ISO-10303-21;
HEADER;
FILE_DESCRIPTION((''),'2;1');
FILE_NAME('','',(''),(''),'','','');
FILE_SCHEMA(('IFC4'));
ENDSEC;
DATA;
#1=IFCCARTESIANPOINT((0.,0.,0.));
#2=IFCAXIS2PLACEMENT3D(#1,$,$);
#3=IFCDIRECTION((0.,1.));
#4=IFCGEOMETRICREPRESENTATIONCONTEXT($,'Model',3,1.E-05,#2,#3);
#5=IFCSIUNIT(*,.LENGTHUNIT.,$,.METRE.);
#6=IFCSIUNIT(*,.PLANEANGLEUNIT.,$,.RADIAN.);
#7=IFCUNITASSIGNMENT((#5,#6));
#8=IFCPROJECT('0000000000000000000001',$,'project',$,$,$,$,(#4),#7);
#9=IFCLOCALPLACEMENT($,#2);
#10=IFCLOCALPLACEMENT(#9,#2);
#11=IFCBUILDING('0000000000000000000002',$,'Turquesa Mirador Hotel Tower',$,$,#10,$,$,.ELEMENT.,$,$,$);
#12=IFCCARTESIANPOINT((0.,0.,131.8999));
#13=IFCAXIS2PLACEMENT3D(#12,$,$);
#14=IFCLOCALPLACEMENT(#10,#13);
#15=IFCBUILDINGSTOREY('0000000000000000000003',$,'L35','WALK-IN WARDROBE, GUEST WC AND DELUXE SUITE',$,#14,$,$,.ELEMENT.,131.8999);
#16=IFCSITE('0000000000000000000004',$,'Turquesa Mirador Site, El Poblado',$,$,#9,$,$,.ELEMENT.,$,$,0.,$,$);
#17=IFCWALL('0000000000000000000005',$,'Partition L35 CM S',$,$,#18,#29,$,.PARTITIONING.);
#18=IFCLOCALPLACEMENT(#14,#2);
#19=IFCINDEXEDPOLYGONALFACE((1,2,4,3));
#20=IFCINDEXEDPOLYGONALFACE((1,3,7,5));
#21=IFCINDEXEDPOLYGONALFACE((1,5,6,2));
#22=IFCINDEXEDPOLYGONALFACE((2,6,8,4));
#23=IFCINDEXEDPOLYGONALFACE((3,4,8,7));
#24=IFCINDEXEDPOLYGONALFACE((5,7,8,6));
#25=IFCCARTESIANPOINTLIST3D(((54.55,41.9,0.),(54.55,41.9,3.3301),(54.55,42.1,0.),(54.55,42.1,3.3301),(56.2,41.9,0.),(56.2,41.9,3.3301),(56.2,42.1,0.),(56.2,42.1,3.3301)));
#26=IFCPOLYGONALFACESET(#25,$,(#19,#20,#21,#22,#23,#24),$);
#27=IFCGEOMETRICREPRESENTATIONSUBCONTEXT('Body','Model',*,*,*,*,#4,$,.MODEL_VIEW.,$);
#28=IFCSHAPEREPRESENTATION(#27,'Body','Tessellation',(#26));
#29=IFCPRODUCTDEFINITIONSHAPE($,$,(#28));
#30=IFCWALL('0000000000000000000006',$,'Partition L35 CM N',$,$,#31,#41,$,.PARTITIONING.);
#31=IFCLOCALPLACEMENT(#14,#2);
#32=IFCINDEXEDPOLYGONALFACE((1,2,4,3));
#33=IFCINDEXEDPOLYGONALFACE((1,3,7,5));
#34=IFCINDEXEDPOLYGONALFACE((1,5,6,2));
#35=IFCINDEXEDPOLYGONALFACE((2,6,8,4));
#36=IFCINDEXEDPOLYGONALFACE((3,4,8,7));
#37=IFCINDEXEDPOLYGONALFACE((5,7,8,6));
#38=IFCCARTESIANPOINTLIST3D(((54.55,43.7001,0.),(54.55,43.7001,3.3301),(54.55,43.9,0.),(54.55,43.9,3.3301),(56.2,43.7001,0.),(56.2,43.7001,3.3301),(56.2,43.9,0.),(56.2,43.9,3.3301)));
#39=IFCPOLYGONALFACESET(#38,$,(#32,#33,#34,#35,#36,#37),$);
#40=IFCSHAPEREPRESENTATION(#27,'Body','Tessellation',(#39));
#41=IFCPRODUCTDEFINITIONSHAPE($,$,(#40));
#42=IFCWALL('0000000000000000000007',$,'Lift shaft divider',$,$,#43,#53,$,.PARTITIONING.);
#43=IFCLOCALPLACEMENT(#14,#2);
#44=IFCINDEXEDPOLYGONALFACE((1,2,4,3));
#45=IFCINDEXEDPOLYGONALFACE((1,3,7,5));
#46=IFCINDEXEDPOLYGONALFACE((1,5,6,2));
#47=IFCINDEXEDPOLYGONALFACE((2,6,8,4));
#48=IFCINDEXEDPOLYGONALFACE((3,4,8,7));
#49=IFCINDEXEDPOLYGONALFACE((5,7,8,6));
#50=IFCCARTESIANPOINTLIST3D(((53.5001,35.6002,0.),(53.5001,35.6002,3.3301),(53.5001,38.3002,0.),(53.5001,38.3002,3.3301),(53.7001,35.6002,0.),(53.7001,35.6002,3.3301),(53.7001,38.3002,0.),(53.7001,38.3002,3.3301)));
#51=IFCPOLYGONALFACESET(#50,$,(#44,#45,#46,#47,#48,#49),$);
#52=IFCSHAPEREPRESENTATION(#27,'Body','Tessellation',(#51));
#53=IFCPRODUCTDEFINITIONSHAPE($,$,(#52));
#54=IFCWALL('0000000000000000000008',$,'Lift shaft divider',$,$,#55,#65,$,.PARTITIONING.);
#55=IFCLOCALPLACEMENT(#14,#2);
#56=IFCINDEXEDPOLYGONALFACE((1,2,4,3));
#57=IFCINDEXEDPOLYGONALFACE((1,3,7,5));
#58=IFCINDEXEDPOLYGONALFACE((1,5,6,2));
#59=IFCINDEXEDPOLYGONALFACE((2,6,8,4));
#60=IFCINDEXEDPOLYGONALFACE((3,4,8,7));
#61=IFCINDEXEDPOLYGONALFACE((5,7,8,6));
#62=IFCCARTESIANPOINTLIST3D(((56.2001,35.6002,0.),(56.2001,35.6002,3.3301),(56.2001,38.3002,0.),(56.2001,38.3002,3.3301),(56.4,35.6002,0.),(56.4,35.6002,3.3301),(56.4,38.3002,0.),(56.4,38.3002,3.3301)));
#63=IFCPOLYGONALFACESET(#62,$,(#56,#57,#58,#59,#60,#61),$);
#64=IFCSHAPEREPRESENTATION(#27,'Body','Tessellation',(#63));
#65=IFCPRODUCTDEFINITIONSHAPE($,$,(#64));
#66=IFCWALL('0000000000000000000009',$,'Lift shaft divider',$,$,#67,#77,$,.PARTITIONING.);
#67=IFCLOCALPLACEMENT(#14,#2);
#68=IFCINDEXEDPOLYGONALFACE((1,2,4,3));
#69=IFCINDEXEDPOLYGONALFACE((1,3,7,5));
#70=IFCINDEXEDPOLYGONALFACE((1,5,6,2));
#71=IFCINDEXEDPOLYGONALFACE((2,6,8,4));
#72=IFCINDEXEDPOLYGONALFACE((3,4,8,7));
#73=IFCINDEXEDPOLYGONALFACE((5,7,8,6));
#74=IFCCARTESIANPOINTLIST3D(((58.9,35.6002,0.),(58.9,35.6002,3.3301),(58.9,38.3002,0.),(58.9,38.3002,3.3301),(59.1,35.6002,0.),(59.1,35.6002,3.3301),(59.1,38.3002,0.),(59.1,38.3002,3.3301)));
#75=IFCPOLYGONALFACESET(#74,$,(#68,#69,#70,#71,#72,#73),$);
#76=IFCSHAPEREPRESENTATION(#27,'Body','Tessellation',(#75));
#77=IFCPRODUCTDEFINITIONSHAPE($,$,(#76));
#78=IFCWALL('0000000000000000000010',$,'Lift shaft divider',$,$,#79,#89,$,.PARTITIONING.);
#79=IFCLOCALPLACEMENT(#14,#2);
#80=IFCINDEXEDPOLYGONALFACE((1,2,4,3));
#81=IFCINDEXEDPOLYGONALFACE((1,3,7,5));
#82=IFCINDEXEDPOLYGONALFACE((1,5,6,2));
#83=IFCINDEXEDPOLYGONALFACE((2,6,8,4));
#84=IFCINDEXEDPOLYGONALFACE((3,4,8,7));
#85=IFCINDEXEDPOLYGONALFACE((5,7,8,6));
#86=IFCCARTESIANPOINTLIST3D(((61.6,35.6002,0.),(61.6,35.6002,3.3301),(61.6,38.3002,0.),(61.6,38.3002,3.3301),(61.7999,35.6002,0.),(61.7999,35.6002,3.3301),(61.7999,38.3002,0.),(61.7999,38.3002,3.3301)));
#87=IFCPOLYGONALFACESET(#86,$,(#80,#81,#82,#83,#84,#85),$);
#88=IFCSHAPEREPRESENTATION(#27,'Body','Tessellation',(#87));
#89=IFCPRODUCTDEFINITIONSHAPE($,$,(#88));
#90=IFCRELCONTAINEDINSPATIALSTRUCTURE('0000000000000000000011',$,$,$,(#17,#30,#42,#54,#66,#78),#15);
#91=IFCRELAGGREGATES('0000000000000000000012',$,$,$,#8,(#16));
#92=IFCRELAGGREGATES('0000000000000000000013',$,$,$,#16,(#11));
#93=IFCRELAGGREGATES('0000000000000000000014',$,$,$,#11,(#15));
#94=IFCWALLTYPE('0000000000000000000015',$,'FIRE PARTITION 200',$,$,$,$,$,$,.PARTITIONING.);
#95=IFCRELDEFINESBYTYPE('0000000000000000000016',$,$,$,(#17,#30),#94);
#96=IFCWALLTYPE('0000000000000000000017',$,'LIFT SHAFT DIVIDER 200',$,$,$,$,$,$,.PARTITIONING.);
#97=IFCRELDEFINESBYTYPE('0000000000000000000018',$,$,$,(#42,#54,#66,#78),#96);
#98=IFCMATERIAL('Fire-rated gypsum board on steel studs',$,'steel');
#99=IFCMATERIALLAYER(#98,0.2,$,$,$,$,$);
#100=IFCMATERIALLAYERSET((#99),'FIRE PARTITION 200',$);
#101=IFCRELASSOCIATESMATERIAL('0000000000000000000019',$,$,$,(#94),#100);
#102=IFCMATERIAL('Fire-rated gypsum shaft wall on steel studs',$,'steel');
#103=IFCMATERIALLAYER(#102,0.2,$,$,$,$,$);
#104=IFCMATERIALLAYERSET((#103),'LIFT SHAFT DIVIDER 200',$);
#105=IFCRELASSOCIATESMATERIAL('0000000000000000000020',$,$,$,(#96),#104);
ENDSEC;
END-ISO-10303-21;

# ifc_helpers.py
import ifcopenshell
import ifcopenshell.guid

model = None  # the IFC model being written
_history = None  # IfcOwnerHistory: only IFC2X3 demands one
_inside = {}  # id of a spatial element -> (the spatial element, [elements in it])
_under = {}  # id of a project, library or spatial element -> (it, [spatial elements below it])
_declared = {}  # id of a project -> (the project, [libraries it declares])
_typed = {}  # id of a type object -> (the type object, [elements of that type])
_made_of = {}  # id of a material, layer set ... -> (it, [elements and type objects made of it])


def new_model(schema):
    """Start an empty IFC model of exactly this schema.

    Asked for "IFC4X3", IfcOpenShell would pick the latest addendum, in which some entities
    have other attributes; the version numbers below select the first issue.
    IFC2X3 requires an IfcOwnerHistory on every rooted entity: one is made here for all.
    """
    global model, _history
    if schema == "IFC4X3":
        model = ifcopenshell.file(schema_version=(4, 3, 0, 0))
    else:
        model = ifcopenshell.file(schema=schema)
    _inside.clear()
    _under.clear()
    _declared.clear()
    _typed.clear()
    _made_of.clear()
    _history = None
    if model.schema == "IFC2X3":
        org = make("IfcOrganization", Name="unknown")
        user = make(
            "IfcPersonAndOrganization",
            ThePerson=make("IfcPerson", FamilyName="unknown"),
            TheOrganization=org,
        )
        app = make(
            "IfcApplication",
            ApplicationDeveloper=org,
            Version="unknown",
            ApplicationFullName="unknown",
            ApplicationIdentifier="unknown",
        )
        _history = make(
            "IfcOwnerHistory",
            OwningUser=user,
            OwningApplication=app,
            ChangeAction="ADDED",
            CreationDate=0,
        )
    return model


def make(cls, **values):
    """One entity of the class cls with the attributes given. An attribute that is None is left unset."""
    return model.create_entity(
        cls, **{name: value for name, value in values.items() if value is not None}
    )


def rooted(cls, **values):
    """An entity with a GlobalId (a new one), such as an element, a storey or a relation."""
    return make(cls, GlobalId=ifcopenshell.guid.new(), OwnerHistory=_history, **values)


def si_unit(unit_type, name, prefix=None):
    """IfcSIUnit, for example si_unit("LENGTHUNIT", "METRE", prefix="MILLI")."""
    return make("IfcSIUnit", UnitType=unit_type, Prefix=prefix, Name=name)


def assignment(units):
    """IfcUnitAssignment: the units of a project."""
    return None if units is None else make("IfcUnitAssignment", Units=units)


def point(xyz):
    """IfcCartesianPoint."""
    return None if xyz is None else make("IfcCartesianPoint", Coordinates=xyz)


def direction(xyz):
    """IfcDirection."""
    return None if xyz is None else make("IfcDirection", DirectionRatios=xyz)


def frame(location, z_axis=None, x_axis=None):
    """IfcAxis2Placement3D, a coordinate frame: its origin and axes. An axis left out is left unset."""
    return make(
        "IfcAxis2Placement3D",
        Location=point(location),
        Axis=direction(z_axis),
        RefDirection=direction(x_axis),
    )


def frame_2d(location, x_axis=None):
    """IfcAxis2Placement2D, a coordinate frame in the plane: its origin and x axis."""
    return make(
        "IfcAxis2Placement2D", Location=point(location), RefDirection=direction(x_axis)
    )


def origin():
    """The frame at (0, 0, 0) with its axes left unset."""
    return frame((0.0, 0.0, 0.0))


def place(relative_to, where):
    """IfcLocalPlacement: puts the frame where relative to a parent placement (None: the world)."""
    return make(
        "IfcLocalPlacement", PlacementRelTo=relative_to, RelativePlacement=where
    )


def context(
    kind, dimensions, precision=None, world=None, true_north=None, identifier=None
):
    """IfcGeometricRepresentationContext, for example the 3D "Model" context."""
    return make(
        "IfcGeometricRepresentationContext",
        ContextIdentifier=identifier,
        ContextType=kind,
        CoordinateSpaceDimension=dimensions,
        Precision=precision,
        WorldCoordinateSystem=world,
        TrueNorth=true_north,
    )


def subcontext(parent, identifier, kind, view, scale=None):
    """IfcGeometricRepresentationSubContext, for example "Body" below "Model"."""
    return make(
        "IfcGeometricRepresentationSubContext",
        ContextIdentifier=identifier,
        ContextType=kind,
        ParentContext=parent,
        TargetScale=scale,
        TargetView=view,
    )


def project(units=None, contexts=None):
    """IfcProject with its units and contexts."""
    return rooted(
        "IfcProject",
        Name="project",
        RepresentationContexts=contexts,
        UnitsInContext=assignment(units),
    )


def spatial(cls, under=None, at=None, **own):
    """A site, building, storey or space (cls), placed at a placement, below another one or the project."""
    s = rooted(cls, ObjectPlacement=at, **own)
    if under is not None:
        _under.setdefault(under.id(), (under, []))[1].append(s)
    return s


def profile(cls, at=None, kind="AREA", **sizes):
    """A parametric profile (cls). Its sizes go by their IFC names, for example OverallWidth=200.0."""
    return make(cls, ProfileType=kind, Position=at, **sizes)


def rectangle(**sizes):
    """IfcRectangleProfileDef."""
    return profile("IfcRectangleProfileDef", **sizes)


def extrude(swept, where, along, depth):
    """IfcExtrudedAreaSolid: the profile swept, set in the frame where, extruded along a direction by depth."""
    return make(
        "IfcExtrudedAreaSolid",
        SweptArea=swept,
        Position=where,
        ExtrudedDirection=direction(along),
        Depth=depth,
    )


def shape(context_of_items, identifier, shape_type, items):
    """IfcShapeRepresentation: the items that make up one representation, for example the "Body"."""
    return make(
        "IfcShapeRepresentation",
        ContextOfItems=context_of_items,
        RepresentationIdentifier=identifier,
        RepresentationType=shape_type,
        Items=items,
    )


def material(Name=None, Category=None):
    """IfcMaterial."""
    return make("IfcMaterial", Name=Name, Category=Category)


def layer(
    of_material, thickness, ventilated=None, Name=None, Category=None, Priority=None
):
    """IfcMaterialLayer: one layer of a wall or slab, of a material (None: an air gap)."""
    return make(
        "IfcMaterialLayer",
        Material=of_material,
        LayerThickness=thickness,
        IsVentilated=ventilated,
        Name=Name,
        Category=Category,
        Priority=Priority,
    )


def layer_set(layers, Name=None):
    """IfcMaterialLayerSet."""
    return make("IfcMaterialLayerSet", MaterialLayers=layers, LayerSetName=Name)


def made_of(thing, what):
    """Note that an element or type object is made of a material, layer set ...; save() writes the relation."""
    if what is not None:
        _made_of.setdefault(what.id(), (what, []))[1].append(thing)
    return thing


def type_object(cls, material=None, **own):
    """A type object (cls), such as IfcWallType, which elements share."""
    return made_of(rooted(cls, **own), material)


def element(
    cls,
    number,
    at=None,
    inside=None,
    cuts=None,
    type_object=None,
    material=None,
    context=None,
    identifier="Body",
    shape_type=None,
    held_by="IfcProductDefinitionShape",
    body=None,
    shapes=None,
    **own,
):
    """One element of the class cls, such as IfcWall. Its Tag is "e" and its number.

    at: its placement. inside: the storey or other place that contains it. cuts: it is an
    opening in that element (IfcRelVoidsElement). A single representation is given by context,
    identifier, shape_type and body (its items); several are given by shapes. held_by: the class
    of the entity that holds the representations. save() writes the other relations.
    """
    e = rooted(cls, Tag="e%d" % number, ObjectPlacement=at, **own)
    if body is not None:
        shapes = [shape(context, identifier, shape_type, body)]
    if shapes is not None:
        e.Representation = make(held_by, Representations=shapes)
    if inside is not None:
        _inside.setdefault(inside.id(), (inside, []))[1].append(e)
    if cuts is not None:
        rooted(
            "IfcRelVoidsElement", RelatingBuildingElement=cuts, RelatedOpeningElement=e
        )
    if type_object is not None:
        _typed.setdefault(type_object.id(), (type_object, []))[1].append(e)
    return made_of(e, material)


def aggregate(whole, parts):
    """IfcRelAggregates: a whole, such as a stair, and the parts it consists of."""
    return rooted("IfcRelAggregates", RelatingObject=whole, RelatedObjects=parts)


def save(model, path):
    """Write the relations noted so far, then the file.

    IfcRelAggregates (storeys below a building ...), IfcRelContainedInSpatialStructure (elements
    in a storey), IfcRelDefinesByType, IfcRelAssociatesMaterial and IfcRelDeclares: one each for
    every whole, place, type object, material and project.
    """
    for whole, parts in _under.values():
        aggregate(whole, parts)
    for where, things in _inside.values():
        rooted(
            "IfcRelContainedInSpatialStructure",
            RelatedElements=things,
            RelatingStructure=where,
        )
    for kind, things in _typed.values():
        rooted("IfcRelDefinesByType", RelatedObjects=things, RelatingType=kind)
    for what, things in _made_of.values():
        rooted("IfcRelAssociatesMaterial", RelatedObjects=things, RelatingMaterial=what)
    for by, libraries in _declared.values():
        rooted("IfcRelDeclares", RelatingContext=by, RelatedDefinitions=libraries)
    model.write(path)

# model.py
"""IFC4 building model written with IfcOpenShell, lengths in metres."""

from ifc_helpers import new_model, si_unit, direction, frame, frame_2d, origin, place, context, subcontext, project, spatial, rectangle, extrude, material, layer, layer_set, type_object, element, save


model = new_model("IFC4")

# Units and contexts
model_context = context("Model", 3, precision=1e-05, world=origin(), true_north=direction((0.0, 1.0)))
body_context = subcontext(model_context, "Body", "Model", "MODEL_VIEW")
ifc_project = project(units=[si_unit("LENGTHUNIT", "METRE"), si_unit("PLANEANGLEUNIT", "RADIAN")], contexts=[model_context])

# Site, building, storey
site_placement = place(None, origin())
site = spatial("IfcSite", under=ifc_project, at=site_placement, Name="Turquesa Mirador Site, El Poblado", CompositionType="ELEMENT", RefElevation=0.0)
building_placement = place(site_placement, origin())
building = spatial("IfcBuilding", under=site, at=building_placement, Name="Turquesa Mirador Hotel Tower", CompositionType="ELEMENT")
storey_placement = place(building_placement, frame((0.0, 0.0, 131.8999)))
storey = spatial("IfcBuildingStorey", under=building, at=storey_placement, Name="L35", Description="WALK-IN WARDROBE, GUEST WC AND DELUXE SUITE", CompositionType="ELEMENT", Elevation=131.8999)

# Shared definitions
ifc_material_1 = material(Name="Fire-rated gypsum board on steel studs", Category="steel")
ifc_layer_1 = layer(ifc_material_1, 0.2)
ifc_layer_set_1 = layer_set([ifc_layer_1], Name="FIRE PARTITION 200")
wall_type_1 = type_object("IfcWallType", Name="FIRE PARTITION 200", PredefinedType="PARTITIONING", material=ifc_layer_set_1)

# Walls
for number, where, z_axis, x_axis, name in (
    (1, (54.55, 42.0, 0.0), (0.0, 0.0, 1.0), (1.0, 0.0, 0.0), "Partition L35 CM S"),
    (2, (54.55, 43.8, 0.0), (0.0, 0.0, 1.0), (1.0, 0.0, 0.0), "Partition L35 CM N"),
):
    element("IfcWall", number, at=place(storey_placement, frame(where, z_axis=z_axis, x_axis=x_axis)), inside=storey, type_object=wall_type_1, Name=name, PredefinedType="PARTITIONING", context=body_context, shape_type="SweptSolid", body=[
        extrude(rectangle(XDim=1.6499, YDim=0.2, at=frame_2d((0.825, 0.0))), origin(), (0.0, 0.0, 1.0), 3.3301),
    ])
ifc_material_2 = material(Name="Fire-rated gypsum shaft wall on steel studs", Category="steel")
ifc_layer_2 = layer(ifc_material_2, 0.2)
ifc_layer_set_2 = layer_set([ifc_layer_2], Name="LIFT SHAFT DIVIDER 200")
wall_type_2 = type_object("IfcWallType", Name="LIFT SHAFT DIVIDER 200", PredefinedType="PARTITIONING", material=ifc_layer_set_2)
for number, where, z_axis, x_axis, name in (
    (3, (53.6001, 35.6001, 0.0), (0.0, 0.0, 1.0), (0.0, 1.0, 0.0), "Lift shaft divider"),
    (4, (56.3, 35.6001, 0.0), (0.0, 0.0, 1.0), (0.0, 1.0, 0.0), "Lift shaft divider"),
    (5, (59.0, 35.6001, 0.0), (0.0, 0.0, 1.0), (0.0, 1.0, 0.0), "Lift shaft divider"),
    (6, (61.7, 35.6001, 0.0), (0.0, 0.0, 1.0), (0.0, 1.0, 0.0), "Lift shaft divider"),
):
    element("IfcWall", number, at=place(storey_placement, frame(where, z_axis=z_axis, x_axis=x_axis)), inside=storey, type_object=wall_type_2, Name=name, PredefinedType="PARTITIONING", context=body_context, shape_type="SweptSolid", body=[
        extrude(rectangle(XDim=2.7, YDim=0.2, at=frame_2d((1.3501, 0.0))), origin(), (0.0, 0.0, 1.0), 3.3301),
    ])

save(model, "model.ifc")
